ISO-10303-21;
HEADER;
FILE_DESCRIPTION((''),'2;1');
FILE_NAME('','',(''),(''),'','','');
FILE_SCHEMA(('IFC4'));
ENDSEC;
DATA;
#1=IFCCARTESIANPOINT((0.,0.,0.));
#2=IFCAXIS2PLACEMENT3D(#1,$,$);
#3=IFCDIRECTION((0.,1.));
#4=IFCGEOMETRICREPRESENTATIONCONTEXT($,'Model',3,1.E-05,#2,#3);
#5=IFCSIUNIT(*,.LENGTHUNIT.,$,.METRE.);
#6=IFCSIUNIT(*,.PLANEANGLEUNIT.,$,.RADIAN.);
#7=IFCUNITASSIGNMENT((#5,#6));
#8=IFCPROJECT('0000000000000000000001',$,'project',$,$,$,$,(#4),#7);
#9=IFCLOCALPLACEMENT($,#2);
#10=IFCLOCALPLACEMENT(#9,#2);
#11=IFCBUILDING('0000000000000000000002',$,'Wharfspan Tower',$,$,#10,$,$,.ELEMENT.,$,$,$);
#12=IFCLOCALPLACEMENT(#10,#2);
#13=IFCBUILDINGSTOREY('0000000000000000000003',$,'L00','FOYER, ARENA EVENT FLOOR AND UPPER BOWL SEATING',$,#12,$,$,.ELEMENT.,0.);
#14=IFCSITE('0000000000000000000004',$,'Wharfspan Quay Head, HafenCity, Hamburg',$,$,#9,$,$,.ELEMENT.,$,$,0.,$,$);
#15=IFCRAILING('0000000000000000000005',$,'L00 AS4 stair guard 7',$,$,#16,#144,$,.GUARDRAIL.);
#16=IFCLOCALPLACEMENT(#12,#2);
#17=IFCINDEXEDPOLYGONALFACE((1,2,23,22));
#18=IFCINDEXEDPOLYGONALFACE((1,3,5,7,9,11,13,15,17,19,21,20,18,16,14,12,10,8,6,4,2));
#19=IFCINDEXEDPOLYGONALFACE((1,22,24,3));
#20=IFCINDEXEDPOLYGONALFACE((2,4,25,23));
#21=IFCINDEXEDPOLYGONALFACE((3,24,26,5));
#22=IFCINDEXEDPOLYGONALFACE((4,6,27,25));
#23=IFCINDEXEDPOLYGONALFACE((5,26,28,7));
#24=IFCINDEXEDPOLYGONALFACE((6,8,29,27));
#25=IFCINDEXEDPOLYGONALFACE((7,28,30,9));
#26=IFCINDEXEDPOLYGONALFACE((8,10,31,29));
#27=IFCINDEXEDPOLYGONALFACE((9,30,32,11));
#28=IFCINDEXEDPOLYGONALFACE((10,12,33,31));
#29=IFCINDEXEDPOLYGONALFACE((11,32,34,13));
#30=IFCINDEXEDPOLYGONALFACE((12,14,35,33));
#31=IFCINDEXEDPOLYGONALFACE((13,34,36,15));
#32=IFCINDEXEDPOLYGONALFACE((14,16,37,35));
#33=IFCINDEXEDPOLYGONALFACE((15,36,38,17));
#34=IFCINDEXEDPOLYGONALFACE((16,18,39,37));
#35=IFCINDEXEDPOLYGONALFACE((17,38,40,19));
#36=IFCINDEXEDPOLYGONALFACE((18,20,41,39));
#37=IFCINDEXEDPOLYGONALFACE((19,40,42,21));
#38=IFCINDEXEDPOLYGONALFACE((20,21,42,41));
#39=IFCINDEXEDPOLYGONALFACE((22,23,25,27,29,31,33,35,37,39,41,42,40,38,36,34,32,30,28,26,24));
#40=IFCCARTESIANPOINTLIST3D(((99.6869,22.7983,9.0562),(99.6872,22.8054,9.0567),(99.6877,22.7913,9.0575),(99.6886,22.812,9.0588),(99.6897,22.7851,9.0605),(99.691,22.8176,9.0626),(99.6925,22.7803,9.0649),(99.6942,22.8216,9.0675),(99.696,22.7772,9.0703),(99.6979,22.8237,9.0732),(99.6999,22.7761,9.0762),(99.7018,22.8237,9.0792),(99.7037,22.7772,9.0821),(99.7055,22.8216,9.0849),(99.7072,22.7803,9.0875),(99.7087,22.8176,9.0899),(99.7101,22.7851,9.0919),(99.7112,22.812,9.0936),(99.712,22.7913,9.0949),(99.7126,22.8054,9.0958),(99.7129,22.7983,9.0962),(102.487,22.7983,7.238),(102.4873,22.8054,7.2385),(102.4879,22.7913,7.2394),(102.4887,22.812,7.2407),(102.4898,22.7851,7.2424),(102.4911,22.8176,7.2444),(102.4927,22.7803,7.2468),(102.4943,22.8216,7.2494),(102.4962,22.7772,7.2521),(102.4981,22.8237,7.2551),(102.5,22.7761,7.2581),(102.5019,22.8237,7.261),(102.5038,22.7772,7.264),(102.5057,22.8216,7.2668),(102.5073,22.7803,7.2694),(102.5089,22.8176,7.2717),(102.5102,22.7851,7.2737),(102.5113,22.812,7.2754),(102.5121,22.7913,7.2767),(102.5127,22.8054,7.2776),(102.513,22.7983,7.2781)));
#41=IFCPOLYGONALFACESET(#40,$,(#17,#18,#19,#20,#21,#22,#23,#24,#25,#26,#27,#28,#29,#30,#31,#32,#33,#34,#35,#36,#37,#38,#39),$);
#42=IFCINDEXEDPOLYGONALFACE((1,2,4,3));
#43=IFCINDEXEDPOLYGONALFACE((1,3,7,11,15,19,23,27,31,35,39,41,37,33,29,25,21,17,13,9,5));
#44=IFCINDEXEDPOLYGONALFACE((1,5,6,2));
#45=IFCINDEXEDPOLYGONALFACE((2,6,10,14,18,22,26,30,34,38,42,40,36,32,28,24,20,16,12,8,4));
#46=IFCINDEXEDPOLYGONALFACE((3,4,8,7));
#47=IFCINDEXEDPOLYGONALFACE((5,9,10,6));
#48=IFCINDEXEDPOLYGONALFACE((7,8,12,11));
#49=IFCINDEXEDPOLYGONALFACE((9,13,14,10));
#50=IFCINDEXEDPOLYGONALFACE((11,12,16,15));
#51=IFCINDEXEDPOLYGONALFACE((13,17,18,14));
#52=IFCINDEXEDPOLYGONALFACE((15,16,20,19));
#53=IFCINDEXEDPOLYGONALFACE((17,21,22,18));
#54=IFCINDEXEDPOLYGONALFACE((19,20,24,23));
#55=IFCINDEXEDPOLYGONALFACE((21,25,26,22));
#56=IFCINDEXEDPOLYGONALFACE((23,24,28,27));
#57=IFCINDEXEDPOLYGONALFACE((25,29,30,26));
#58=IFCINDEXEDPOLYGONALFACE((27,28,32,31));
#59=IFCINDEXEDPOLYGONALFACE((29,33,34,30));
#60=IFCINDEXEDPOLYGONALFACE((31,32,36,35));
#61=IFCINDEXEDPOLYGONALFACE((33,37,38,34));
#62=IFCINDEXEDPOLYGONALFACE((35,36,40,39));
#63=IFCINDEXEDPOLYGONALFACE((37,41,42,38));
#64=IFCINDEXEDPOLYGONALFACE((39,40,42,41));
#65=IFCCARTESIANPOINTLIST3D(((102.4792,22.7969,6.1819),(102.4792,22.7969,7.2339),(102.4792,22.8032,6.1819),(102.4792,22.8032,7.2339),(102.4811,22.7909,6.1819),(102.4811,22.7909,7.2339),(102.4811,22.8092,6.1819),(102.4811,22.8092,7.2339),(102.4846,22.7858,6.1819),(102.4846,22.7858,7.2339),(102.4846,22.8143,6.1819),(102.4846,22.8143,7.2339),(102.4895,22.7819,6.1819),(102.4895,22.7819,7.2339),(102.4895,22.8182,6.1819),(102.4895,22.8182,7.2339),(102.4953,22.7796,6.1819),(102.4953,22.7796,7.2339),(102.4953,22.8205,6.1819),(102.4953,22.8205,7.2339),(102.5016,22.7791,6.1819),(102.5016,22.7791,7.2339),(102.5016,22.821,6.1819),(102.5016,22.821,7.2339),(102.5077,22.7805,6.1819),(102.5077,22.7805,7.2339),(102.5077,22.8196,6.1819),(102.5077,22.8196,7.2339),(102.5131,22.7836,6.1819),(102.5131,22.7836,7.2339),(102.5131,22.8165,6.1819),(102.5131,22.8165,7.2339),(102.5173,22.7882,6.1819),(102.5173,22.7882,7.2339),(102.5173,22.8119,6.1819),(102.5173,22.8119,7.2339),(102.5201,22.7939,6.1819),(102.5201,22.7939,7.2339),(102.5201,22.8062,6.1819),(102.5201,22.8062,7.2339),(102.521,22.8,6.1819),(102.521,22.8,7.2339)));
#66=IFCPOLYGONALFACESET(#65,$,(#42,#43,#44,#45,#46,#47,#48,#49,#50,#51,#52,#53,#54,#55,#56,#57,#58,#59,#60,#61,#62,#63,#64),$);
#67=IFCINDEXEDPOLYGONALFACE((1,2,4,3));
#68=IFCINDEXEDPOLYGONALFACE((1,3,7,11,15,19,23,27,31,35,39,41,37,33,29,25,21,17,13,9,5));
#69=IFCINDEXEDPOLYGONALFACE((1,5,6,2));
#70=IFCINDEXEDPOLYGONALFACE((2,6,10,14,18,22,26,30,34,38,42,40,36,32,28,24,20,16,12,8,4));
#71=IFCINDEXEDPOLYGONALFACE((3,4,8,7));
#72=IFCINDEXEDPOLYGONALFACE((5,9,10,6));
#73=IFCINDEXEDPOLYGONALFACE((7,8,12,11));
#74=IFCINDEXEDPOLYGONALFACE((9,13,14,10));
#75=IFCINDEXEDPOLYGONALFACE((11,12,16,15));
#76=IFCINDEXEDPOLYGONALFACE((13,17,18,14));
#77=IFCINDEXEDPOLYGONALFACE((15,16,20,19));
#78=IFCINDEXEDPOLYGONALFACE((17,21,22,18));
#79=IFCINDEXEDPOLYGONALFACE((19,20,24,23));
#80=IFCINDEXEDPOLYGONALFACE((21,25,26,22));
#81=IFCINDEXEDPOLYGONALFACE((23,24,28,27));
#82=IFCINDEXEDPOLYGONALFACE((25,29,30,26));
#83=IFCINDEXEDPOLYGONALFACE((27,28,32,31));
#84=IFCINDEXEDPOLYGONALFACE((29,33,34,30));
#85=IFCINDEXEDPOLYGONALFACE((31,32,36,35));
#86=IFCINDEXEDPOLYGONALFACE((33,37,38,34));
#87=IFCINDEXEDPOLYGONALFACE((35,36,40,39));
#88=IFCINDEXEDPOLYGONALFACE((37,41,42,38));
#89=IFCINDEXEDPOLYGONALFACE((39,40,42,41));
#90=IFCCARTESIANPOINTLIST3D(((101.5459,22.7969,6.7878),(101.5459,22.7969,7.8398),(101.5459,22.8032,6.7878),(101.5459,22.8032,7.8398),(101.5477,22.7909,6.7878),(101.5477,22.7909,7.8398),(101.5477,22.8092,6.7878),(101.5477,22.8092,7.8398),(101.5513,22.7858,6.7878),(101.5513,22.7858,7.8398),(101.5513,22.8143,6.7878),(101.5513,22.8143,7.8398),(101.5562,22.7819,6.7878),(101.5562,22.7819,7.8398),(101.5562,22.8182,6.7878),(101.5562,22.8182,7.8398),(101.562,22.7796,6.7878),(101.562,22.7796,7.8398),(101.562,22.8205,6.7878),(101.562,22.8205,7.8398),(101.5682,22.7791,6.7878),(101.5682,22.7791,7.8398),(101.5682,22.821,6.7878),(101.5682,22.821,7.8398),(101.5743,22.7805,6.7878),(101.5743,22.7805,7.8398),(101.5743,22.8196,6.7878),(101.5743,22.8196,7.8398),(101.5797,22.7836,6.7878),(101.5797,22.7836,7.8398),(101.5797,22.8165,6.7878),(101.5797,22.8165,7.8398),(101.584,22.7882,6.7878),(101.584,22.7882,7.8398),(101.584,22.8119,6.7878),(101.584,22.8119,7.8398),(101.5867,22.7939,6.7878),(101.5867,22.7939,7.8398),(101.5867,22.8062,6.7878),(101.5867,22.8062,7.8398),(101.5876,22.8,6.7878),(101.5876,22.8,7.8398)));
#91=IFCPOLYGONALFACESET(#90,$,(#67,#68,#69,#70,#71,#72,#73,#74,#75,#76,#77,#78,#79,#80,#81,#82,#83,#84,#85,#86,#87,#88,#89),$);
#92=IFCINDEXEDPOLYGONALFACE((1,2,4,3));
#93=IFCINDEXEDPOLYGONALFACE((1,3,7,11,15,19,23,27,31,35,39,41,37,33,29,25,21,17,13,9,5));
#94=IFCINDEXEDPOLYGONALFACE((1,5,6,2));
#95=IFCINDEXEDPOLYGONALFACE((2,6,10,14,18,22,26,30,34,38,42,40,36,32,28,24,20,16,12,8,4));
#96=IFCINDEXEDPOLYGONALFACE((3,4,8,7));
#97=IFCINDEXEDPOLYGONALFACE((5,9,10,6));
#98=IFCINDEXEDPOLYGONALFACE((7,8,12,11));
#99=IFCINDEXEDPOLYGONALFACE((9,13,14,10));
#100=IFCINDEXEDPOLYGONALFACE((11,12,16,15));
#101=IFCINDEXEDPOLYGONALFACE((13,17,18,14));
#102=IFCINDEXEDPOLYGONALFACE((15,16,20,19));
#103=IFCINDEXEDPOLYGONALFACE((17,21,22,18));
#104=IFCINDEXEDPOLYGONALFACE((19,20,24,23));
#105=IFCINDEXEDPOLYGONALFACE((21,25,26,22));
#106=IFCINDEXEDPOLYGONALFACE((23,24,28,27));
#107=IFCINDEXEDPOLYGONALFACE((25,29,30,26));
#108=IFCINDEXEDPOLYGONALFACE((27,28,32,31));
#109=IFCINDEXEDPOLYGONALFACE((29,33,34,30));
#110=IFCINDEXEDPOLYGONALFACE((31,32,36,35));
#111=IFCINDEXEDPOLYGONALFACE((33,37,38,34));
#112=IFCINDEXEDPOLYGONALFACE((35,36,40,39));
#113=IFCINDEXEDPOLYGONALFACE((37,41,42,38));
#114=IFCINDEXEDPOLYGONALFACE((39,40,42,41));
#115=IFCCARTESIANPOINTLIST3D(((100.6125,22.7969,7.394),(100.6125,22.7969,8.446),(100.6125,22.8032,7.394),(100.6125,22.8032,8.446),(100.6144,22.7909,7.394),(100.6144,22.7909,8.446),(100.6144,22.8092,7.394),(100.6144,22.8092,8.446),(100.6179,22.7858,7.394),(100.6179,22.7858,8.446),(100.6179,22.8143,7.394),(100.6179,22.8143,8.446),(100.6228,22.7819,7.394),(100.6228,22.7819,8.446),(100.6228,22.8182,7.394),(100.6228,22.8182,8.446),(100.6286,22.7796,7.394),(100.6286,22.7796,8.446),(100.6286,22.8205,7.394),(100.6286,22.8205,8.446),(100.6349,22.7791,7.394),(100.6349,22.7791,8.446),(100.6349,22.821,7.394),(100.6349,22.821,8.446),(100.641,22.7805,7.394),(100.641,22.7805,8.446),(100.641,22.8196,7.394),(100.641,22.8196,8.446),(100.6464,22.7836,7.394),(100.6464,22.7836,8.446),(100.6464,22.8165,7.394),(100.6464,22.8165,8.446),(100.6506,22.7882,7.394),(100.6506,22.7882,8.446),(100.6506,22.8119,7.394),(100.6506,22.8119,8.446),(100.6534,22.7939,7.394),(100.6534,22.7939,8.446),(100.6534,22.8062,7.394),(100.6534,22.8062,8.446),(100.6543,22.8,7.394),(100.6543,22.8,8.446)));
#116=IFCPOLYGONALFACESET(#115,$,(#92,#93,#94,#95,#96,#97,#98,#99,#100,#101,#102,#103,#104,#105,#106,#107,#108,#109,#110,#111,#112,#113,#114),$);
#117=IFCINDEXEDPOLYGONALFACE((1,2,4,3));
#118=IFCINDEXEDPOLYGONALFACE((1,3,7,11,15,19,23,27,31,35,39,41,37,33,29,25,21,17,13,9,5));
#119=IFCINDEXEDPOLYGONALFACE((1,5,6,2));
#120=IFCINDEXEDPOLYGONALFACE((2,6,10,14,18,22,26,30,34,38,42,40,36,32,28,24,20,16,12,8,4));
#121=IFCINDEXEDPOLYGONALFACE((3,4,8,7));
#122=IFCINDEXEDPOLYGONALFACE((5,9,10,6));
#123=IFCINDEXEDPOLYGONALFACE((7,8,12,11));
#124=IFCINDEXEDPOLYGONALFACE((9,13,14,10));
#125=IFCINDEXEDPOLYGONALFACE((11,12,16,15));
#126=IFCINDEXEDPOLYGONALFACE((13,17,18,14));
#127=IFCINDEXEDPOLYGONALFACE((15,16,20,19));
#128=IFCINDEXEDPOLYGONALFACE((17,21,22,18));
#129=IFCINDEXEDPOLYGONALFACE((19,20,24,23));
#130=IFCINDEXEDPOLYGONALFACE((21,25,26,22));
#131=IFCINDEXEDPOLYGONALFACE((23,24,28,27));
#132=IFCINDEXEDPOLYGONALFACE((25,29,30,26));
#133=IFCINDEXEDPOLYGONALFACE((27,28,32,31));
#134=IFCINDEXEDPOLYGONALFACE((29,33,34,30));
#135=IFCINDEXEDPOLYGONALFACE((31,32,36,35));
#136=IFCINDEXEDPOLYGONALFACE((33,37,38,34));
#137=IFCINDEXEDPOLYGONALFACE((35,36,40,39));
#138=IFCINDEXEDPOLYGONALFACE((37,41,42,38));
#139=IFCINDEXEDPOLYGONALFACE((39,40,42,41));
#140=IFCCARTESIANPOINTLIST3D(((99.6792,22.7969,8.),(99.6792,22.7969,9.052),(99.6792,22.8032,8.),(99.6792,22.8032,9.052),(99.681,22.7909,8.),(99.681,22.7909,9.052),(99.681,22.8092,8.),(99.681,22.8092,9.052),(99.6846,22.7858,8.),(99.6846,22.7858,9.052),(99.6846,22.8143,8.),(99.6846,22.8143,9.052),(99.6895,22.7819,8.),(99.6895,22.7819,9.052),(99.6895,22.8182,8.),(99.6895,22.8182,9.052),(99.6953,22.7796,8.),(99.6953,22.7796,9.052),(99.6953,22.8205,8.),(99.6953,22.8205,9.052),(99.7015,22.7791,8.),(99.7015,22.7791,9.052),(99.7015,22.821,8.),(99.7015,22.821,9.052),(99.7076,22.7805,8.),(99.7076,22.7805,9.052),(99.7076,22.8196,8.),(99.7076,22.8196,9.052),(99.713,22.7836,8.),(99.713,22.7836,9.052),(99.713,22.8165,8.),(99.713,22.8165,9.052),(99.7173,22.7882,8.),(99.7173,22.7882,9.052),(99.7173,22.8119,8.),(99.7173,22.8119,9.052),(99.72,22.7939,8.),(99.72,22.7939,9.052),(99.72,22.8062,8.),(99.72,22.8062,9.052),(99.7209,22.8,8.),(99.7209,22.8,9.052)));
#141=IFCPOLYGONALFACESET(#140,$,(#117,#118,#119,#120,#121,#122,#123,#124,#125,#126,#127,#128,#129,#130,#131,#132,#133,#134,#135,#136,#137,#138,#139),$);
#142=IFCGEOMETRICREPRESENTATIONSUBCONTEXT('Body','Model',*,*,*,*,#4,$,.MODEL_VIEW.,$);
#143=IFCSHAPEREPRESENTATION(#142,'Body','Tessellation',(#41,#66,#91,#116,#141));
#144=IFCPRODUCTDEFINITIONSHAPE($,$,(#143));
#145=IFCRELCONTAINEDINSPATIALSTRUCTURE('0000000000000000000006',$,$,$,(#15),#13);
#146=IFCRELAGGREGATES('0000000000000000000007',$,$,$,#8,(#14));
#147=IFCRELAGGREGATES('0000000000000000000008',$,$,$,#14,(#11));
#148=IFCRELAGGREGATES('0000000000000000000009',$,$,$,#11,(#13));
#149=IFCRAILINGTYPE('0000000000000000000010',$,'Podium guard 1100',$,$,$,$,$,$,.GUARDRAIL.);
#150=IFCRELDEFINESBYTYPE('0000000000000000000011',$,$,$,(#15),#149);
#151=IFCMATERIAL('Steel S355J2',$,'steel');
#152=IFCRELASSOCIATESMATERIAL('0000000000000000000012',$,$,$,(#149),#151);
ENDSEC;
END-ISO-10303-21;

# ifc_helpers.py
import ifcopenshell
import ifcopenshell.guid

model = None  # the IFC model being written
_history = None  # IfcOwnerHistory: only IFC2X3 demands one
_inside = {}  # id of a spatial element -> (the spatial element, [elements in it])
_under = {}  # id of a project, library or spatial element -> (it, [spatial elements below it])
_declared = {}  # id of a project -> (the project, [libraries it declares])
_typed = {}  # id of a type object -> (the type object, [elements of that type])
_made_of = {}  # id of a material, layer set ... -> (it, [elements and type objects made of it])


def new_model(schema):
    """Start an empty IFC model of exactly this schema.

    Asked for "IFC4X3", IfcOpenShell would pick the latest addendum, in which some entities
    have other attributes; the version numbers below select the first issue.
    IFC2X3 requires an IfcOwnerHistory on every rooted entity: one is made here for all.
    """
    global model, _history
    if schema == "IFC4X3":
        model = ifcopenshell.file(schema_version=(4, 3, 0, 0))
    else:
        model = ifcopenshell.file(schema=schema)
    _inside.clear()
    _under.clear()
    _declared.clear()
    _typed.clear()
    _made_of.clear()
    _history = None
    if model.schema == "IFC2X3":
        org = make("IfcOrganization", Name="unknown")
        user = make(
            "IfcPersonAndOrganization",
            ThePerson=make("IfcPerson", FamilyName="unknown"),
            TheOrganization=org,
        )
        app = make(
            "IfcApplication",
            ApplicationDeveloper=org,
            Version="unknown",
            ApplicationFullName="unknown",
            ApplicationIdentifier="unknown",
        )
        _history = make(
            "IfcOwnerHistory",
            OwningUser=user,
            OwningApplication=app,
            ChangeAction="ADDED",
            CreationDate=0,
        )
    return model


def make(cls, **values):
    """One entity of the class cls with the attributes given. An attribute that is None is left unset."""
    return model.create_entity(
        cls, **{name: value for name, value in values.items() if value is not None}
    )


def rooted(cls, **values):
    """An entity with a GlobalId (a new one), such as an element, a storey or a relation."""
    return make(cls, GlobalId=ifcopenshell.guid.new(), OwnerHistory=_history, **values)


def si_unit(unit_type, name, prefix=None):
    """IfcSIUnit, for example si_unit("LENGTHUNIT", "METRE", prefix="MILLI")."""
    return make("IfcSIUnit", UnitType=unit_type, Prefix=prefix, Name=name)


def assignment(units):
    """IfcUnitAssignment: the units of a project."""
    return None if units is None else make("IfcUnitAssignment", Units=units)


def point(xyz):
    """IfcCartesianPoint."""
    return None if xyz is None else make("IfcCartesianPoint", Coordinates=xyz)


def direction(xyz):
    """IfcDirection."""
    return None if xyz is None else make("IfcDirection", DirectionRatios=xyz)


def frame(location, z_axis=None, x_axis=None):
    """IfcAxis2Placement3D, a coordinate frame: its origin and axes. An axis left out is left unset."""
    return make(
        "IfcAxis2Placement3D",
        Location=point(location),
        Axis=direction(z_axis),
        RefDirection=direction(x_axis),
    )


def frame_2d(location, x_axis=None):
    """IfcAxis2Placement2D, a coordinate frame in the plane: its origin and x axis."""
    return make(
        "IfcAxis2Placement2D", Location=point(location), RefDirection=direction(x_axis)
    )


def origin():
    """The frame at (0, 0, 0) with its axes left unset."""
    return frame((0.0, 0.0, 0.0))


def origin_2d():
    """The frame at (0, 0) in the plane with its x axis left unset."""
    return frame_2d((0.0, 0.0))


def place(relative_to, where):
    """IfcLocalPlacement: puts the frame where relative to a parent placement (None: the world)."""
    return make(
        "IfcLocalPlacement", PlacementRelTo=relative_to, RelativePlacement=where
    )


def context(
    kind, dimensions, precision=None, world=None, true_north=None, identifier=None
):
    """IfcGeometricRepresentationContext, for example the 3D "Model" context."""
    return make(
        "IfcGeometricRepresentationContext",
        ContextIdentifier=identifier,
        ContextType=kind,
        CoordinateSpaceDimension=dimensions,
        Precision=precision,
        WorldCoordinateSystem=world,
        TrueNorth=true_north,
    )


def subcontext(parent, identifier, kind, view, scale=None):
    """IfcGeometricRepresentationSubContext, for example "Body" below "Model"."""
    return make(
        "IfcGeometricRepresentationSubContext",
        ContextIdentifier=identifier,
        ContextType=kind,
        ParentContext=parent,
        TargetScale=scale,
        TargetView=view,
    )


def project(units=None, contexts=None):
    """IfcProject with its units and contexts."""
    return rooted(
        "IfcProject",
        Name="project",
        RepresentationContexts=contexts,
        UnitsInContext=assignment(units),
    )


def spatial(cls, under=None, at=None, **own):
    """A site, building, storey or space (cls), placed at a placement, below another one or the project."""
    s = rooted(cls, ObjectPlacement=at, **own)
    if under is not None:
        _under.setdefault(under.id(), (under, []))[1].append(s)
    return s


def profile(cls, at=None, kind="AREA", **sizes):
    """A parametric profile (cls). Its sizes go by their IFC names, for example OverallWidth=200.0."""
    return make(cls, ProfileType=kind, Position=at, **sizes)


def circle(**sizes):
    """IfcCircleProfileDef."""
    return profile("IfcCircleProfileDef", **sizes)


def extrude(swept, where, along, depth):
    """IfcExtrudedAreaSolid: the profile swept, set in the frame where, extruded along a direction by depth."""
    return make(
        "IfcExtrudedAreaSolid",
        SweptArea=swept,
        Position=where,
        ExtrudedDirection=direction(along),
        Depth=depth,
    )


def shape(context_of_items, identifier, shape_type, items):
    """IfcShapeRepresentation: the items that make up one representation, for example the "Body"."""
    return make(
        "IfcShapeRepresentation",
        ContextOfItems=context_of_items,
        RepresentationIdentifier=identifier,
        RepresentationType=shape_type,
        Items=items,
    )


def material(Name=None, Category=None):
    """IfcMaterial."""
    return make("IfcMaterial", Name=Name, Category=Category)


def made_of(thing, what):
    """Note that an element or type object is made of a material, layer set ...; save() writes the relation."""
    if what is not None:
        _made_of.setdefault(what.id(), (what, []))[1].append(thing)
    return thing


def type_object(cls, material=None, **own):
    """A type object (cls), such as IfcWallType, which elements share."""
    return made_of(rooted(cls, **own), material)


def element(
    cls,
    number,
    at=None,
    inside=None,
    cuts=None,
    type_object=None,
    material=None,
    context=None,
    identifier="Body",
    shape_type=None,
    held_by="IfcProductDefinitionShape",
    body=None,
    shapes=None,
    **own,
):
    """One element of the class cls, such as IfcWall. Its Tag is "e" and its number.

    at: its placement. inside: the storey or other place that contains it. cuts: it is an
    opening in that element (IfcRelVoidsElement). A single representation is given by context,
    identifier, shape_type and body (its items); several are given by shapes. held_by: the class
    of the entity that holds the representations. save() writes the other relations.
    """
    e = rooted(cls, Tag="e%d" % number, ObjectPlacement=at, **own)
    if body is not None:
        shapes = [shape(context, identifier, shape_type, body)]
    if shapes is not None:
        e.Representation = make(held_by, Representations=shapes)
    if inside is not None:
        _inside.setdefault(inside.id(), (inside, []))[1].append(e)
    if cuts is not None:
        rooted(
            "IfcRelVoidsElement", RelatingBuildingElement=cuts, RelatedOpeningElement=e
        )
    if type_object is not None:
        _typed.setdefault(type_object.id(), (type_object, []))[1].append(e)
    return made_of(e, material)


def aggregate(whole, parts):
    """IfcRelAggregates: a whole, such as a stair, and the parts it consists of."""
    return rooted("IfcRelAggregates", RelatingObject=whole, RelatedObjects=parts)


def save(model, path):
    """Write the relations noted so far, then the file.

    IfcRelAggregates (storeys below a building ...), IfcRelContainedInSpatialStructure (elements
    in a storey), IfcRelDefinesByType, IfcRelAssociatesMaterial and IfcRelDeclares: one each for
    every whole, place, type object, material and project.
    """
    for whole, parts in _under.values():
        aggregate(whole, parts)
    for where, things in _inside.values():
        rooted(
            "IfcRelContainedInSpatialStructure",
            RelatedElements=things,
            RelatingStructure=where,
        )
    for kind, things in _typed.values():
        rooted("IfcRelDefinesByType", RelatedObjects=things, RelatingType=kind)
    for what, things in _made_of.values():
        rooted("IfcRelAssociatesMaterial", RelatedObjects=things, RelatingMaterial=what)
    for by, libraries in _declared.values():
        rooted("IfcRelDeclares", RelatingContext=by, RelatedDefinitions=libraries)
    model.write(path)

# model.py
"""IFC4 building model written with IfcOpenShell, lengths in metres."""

from ifc_helpers import new_model, si_unit, direction, frame, origin, origin_2d, place, context, subcontext, project, spatial, circle, extrude, material, type_object, element, save


model = new_model("IFC4")

# Units and contexts
model_context = context("Model", 3, precision=1e-05, world=origin(), true_north=direction((0.0, 1.0)))
body_context = subcontext(model_context, "Body", "Model", "MODEL_VIEW")
ifc_project = project(units=[si_unit("LENGTHUNIT", "METRE"), si_unit("PLANEANGLEUNIT", "RADIAN")], contexts=[model_context])

# Site, building, storey
site_placement = place(None, origin())
site = spatial("IfcSite", under=ifc_project, at=site_placement, Name="Wharfspan Quay Head, HafenCity, Hamburg", CompositionType="ELEMENT", RefElevation=0.0)
building_placement = place(site_placement, origin())
building = spatial("IfcBuilding", under=site, at=building_placement, Name="Wharfspan Tower", CompositionType="ELEMENT")
storey_placement = place(building_placement, origin())
storey = spatial("IfcBuildingStorey", under=building, at=storey_placement, Name="L00", Description="FOYER, ARENA EVENT FLOOR AND UPPER BOWL SEATING", CompositionType="ELEMENT", Elevation=0.0)

# Shared definitions
ifc_material_1 = material(Name="Steel S355J2", Category="steel")

# Railing
railing_type_1 = type_object("IfcRailingType", Name="Podium guard 1100", PredefinedType="GUARDRAIL", material=ifc_material_1)
railing_1_placement = place(storey_placement, frame((102.5, 22.8, 6.1819)))
element("IfcRailing", 1, at=railing_1_placement, inside=storey, type_object=railing_type_1, Name="L00 AS4 stair guard 7", PredefinedType="GUARDRAIL", context=body_context, shape_type="SweptSolid", body=[
    extrude(circle(Radius=0.0239, at=origin_2d()), frame((0.0, 0.0, 1.0762), z_axis=(-0.838706, 0.0, 0.544585), x_axis=(0.0, -1.0, 0.0)), (0.0, 0.0, 1.0), 3.3386),
    extrude(circle(Radius=0.021, at=origin_2d()), origin(), (0.0, 0.0, 1.0), 1.052),
    extrude(circle(Radius=0.021, at=origin_2d()), frame((-0.9334, 0.0, 0.606)), (0.0, 0.0, 1.0), 1.052),
    extrude(circle(Radius=0.021, at=origin_2d()), frame((-1.8667, 0.0, 1.2122)), (0.0, 0.0, 1.0), 1.052),
    extrude(circle(Radius=0.021, at=origin_2d()), frame((-2.8, 0.0, 1.8181)), (0.0, 0.0, 1.0), 1.052),
])

save(model, "model.ifc")
